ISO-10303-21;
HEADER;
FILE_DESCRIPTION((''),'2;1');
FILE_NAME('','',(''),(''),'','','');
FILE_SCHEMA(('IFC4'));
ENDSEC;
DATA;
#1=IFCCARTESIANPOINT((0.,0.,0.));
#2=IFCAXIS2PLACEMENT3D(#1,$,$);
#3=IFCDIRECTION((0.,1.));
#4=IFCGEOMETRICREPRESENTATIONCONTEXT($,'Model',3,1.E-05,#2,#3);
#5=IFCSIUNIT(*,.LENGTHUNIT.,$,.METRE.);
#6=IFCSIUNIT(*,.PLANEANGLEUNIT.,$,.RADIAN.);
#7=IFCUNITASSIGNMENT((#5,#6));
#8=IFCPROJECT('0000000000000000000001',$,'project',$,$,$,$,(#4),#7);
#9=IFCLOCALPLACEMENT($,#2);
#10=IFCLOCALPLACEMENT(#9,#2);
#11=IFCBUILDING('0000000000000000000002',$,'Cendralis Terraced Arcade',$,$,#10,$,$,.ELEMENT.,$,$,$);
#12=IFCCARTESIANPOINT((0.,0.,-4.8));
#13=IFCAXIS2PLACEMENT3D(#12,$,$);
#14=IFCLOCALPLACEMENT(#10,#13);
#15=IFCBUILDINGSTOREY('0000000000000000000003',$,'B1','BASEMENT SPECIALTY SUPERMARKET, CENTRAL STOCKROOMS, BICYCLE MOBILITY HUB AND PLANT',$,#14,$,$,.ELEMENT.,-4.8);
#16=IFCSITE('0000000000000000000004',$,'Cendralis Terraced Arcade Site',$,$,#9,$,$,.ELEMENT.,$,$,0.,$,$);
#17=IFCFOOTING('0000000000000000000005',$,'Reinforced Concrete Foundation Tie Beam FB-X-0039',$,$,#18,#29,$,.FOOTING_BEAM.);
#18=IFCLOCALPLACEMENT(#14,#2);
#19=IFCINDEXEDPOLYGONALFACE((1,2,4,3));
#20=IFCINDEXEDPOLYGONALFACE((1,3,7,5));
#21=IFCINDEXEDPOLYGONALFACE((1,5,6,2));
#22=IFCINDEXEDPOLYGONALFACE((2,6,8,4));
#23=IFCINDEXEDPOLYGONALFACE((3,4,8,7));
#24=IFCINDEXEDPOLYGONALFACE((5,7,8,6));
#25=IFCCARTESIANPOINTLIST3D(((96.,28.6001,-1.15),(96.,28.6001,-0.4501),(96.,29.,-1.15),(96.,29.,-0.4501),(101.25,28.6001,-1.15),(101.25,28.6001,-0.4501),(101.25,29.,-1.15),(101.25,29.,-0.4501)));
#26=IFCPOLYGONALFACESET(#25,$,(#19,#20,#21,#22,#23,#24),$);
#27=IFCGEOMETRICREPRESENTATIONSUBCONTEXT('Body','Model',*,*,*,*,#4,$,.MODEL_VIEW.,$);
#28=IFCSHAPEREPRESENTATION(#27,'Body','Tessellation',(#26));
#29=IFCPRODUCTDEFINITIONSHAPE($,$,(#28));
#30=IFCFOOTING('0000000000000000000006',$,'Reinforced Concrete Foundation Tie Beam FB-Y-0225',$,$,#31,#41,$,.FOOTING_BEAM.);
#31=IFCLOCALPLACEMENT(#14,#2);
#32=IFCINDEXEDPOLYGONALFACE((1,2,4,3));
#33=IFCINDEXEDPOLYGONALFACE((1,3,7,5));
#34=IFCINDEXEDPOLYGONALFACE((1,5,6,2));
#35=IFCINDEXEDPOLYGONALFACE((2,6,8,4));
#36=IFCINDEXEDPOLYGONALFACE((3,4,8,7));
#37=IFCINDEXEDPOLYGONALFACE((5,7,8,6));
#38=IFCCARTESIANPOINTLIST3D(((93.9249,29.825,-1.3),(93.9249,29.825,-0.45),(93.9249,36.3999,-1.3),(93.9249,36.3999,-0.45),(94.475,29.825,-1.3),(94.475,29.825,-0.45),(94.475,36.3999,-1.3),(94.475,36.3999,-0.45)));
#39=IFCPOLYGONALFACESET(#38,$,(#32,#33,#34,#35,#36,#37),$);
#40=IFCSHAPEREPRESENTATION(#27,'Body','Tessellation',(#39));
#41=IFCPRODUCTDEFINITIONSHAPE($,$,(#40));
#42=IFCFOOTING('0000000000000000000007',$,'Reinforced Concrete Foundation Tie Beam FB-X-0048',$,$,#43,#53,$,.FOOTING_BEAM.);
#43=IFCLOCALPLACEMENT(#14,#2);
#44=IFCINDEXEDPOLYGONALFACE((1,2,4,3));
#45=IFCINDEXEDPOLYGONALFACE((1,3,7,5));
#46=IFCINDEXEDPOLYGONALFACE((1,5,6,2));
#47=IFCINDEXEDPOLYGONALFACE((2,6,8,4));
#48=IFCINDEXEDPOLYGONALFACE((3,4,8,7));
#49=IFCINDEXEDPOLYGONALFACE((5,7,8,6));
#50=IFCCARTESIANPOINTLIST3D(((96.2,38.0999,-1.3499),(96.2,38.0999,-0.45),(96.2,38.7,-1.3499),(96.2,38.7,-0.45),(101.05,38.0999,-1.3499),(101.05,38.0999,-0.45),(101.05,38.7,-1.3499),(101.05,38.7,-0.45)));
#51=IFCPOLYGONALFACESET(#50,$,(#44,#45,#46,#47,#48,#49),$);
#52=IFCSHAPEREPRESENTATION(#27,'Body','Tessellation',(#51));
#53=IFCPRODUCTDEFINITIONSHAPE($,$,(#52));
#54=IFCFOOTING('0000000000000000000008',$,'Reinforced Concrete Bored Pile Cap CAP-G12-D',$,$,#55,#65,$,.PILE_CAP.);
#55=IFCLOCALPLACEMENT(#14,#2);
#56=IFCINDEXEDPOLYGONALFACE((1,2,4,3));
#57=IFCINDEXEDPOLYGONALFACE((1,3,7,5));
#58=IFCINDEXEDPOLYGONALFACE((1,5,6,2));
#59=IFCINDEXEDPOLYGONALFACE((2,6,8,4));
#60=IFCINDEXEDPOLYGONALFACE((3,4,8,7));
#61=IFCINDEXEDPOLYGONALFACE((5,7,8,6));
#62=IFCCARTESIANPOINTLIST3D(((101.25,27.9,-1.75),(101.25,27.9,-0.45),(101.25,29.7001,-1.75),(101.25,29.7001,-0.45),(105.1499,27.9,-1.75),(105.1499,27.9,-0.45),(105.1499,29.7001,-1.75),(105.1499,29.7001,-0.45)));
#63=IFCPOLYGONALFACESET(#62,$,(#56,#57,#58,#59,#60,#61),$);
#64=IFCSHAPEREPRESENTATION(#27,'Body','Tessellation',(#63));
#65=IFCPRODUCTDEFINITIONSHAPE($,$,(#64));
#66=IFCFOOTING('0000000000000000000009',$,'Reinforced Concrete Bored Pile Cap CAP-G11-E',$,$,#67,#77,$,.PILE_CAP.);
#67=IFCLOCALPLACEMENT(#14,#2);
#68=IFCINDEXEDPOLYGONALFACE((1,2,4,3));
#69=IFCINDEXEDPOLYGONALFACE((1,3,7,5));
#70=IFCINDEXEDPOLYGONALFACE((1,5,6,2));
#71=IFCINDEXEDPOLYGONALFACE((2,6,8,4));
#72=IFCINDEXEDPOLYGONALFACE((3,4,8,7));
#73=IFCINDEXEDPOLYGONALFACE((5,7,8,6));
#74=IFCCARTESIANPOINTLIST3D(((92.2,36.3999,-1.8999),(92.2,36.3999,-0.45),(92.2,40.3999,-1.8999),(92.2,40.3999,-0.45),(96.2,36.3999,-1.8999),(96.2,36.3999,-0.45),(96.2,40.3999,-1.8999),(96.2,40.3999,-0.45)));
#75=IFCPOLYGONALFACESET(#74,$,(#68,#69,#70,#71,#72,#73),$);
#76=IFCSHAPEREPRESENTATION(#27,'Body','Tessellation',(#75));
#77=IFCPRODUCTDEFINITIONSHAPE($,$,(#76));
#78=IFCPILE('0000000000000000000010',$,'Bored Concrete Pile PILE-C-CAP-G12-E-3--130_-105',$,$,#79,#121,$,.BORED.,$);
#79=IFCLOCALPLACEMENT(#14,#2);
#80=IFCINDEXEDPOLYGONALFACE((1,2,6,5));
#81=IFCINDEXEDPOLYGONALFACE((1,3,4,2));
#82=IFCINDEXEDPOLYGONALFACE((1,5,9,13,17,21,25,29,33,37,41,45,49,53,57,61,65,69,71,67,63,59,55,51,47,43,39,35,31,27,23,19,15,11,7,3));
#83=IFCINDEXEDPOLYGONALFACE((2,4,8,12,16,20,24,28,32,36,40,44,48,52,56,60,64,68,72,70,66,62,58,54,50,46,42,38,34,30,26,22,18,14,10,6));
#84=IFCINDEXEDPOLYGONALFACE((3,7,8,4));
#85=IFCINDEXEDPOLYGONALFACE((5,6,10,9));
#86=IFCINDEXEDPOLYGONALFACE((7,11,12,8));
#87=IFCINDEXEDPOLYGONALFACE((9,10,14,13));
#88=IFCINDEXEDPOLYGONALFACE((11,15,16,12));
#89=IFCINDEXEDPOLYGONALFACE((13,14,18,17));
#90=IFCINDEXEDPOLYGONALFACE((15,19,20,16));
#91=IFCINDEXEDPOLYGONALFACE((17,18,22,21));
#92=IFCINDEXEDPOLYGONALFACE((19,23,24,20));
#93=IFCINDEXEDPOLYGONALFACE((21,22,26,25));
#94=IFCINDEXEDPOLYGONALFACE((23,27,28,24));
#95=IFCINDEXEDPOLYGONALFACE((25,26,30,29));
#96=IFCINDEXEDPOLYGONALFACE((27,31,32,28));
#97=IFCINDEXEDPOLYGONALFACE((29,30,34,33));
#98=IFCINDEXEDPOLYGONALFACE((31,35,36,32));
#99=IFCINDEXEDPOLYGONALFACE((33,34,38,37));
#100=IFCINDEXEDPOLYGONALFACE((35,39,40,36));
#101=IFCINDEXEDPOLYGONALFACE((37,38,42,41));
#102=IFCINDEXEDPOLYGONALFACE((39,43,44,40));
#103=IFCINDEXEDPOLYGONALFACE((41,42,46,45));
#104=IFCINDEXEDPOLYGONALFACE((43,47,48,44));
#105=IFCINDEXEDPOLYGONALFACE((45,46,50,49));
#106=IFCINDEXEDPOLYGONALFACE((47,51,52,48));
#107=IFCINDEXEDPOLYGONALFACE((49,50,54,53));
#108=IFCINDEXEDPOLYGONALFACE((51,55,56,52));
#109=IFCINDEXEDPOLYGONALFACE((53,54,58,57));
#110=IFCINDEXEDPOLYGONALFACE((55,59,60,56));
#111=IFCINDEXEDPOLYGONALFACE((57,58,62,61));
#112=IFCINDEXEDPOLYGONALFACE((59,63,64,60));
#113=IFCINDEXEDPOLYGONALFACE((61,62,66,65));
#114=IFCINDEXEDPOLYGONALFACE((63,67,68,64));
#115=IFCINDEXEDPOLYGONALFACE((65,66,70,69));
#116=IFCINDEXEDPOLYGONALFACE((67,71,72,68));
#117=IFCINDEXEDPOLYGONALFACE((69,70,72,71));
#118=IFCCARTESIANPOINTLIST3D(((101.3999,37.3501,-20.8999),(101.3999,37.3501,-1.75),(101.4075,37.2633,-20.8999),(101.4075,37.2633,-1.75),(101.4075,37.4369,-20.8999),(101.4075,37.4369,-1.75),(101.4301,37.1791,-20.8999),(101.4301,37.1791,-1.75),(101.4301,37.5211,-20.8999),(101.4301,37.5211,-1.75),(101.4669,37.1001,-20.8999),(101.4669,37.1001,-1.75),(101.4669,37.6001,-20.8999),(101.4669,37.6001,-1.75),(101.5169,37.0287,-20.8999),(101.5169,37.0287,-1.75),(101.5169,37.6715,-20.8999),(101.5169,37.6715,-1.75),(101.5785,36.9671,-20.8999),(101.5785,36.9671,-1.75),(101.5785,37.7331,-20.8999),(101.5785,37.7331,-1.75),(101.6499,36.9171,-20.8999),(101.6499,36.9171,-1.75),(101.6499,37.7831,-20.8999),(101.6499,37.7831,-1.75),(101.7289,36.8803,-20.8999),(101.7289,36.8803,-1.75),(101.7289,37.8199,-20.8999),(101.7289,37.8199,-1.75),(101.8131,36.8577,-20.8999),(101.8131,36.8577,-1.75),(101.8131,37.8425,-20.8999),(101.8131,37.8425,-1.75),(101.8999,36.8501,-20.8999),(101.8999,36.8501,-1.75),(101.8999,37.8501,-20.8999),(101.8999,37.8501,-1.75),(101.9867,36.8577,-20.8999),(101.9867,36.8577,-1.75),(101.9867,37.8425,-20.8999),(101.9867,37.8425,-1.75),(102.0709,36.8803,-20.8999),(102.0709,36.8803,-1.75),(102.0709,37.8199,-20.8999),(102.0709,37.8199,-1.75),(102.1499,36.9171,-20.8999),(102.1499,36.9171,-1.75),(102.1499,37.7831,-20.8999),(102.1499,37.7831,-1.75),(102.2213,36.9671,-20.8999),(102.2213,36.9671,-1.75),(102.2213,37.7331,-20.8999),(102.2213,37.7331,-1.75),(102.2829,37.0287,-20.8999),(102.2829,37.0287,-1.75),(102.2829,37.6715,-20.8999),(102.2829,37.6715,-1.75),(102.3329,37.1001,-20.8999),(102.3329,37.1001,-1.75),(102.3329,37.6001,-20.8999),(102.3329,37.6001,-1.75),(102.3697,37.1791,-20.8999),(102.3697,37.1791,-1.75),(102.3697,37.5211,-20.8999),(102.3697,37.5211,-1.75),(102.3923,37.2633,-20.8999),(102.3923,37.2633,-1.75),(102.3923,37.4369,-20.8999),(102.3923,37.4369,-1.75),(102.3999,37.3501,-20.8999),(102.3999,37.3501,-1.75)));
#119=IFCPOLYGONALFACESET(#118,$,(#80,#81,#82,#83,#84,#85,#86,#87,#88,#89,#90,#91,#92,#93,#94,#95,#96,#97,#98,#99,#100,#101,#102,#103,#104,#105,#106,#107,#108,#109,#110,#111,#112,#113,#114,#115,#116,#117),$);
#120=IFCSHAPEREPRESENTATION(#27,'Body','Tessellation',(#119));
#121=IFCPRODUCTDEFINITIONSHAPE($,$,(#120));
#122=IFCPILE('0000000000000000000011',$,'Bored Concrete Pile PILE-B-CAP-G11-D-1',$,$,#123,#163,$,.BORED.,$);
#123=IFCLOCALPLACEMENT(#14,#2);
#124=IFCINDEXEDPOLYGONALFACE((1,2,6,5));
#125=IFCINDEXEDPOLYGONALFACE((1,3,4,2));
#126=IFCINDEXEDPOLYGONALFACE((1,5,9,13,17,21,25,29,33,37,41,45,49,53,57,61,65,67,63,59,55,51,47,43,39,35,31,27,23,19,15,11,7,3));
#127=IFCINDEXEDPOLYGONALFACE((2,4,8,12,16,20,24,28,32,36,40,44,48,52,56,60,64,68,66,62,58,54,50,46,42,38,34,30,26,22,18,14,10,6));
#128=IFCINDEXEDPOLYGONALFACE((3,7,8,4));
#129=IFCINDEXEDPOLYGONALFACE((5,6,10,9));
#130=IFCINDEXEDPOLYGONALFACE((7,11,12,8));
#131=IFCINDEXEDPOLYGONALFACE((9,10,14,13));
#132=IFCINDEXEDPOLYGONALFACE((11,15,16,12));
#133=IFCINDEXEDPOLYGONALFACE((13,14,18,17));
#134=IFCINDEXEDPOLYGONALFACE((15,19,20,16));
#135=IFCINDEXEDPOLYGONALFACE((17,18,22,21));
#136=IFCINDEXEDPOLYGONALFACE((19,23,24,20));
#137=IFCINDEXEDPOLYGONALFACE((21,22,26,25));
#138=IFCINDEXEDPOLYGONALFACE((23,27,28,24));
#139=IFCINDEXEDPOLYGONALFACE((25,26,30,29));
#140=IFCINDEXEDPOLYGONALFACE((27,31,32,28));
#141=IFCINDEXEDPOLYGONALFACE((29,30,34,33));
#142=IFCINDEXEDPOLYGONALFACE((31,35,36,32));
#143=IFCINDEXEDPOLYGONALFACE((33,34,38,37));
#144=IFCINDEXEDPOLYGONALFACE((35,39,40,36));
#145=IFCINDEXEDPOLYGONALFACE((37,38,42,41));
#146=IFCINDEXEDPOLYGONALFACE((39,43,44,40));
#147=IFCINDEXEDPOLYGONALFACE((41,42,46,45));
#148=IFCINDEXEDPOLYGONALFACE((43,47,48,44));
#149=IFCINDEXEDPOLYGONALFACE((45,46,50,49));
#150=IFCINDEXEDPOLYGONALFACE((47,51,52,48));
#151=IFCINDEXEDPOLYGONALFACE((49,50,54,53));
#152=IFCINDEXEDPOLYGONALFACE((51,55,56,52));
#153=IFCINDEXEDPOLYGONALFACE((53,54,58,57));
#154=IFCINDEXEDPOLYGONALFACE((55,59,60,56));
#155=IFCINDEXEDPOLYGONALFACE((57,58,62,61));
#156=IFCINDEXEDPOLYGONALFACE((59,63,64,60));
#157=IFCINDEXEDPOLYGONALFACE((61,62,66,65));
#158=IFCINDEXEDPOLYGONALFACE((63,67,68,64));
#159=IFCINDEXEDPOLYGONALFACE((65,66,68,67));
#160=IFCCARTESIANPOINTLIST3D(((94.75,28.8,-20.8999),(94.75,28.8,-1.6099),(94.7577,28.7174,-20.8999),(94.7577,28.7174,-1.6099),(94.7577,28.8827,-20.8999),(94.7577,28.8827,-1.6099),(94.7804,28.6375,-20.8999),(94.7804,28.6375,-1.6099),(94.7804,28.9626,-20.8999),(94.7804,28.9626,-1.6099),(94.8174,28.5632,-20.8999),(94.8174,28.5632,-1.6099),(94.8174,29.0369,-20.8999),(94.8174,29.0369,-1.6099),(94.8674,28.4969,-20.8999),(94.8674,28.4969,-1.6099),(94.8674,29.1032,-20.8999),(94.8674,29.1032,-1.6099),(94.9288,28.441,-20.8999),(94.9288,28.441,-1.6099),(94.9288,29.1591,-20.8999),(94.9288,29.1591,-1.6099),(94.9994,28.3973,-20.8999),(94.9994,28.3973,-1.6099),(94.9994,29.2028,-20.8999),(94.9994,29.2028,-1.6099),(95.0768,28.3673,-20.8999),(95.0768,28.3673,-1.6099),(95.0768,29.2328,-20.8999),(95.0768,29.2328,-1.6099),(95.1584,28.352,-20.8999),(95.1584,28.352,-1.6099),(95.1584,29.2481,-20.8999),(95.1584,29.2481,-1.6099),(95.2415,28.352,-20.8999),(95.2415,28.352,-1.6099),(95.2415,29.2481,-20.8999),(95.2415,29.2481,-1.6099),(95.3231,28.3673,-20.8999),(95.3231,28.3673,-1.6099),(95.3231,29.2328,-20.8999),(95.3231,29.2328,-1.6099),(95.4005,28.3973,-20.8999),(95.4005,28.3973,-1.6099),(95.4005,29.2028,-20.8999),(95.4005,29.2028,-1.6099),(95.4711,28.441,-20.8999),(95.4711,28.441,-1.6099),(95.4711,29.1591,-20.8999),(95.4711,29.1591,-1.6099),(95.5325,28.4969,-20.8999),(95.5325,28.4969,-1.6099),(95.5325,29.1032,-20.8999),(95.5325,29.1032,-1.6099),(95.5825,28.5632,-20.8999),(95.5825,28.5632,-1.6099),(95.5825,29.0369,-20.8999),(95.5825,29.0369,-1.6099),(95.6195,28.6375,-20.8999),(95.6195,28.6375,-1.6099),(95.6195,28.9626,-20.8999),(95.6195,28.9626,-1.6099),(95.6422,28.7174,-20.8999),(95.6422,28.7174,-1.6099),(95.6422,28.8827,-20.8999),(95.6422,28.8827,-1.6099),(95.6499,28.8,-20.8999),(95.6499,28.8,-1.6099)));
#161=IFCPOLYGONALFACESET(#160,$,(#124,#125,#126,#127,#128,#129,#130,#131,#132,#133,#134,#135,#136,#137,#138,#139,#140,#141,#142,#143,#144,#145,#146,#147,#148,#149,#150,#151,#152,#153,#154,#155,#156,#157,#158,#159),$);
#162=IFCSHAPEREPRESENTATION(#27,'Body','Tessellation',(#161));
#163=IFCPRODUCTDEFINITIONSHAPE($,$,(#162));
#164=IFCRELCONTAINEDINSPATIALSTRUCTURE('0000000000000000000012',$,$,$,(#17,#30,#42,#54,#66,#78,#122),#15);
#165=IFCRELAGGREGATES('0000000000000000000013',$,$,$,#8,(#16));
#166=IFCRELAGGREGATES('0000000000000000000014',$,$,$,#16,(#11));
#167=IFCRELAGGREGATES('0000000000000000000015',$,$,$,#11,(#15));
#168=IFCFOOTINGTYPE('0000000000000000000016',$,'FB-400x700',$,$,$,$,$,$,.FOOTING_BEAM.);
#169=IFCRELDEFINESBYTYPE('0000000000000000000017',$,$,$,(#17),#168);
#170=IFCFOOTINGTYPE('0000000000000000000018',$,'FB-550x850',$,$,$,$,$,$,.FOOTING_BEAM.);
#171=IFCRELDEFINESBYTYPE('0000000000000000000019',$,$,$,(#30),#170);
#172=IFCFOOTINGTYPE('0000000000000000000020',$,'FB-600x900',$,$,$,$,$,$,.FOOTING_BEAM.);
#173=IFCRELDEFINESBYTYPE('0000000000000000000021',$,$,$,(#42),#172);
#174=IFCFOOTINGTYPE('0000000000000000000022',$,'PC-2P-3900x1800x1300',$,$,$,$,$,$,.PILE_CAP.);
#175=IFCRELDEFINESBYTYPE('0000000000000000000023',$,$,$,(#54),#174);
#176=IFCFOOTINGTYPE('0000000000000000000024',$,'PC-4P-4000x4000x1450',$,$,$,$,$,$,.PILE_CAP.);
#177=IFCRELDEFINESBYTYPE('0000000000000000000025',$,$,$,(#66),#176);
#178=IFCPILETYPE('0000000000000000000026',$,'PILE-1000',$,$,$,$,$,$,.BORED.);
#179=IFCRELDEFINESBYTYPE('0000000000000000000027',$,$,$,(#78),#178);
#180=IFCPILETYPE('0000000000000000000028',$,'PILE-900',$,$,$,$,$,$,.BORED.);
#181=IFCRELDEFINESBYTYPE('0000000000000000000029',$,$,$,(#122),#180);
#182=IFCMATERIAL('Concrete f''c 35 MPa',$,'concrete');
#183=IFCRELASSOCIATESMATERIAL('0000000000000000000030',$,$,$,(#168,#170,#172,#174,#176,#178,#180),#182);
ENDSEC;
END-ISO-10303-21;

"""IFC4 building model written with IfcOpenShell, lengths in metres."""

from ifc_helpers import new_model, si_unit, direction, frame, origin, origin_2d, place, context, subcontext, project, spatial, rectangle, circle, extrude, material, material_profile, profile_set, type_object, element, save


model = new_model("IFC4")

# Units and contexts
model_context = context("Model", 3, precision=1e-05, world=origin(), true_north=direction((0.0, 1.0)))
body_context = subcontext(model_context, "Body", "Model", "MODEL_VIEW")
ifc_project = project(units=[si_unit("LENGTHUNIT", "METRE"), si_unit("PLANEANGLEUNIT", "RADIAN")], contexts=[model_context])

# Site, building, storey
site_placement = place(None, origin())
site = spatial("IfcSite", under=ifc_project, at=site_placement, Name="Cendralis Terraced Arcade Site", CompositionType="ELEMENT", RefElevation=0.0)
building_placement = place(site_placement, origin())
building = spatial("IfcBuilding", under=site, at=building_placement, Name="Cendralis Terraced Arcade", CompositionType="ELEMENT")
storey_placement = place(building_placement, frame((0.0, 0.0, -4.8)))
storey = spatial("IfcBuildingStorey", under=building, at=storey_placement, Name="B1", Description="BASEMENT SPECIALTY SUPERMARKET, CENTRAL STOCKROOMS, BICYCLE MOBILITY HUB AND PLANT", CompositionType="ELEMENT", Elevation=-4.8)

# Footings
ifc_material_1 = material(Name="Concrete f'c 35 MPa", Category="concrete")
ifc_material_profile_1 = material_profile(ifc_material_1, rectangle(XDim=0.3999, YDim=0.7, at=origin_2d()), Name="FB-400x700", Category="LoadBearing")
ifc_profile_set_1 = profile_set([ifc_material_profile_1], Name="Concrete f'c 35 MPa")
footing_type_1 = type_object("IfcFootingType", Name="FB-400x700", PredefinedType="FOOTING_BEAM", material=ifc_profile_set_1)
footing_1_placement = place(storey_placement, frame((96.0, 28.8, -0.8), z_axis=(1.0, 0.0, 0.0), x_axis=(0.0, 1.0, 0.0)))
element("IfcFooting", 1, at=footing_1_placement, inside=storey, type_object=footing_type_1, Name="Reinforced Concrete Foundation Tie Beam FB-X-0039", PredefinedType="FOOTING_BEAM", context=body_context, shape_type="SweptSolid", body=[
    extrude(rectangle(XDim=0.3999, YDim=0.7, at=origin_2d()), origin(), (0.0, 0.0, 1.0), 5.25),
])
ifc_material_profile_2 = material_profile(ifc_material_1, rectangle(XDim=0.55, YDim=0.8501, at=origin_2d()), Name="FB-550x850", Category="LoadBearing")
ifc_profile_set_2 = profile_set([ifc_material_profile_2], Name="Concrete f'c 35 MPa")
footing_type_2 = type_object("IfcFootingType", Name="FB-550x850", PredefinedType="FOOTING_BEAM", material=ifc_profile_set_2)
footing_2_placement = place(storey_placement, frame((94.2, 29.825, -0.875), z_axis=(0.0, 1.0, 0.0), x_axis=(-1.0, 0.0, 0.0)))
element("IfcFooting", 2, at=footing_2_placement, inside=storey, type_object=footing_type_2, Name="Reinforced Concrete Foundation Tie Beam FB-Y-0225", PredefinedType="FOOTING_BEAM", context=body_context, shape_type="SweptSolid", body=[
    extrude(rectangle(XDim=0.55, YDim=0.8501, at=origin_2d()), origin(), (0.0, 0.0, 1.0), 6.575),
])
ifc_material_profile_3 = material_profile(ifc_material_1, rectangle(XDim=0.6001, YDim=0.8999, at=origin_2d()), Name="FB-600x900", Category="LoadBearing")
ifc_profile_set_3 = profile_set([ifc_material_profile_3], Name="Concrete f'c 35 MPa")
footing_type_3 = type_object("IfcFootingType", Name="FB-600x900", PredefinedType="FOOTING_BEAM", material=ifc_profile_set_3)
footing_3_placement = place(storey_placement, frame((96.2, 38.3999, -0.8999), z_axis=(1.0, 0.0, 0.0), x_axis=(0.0, 1.0, 0.0)))
element("IfcFooting", 3, at=footing_3_placement, inside=storey, type_object=footing_type_3, Name="Reinforced Concrete Foundation Tie Beam FB-X-0048", PredefinedType="FOOTING_BEAM", context=body_context, shape_type="SweptSolid", body=[
    extrude(rectangle(XDim=0.6001, YDim=0.8999, at=origin_2d()), origin(), (0.0, 0.0, 1.0), 4.8501),
])
footing_type_4 = type_object("IfcFootingType", Name="PC-2P-3900x1800x1300", PredefinedType="PILE_CAP", material=ifc_material_1)
footing_4_placement = place(storey_placement, frame((103.2, 28.8, -1.75), z_axis=(0.0, 0.0, 1.0), x_axis=(1.0, 0.0, 0.0)))
element("IfcFooting", 4, at=footing_4_placement, inside=storey, type_object=footing_type_4, Name="Reinforced Concrete Bored Pile Cap CAP-G12-D", PredefinedType="PILE_CAP", context=body_context, shape_type="SweptSolid", body=[
    extrude(rectangle(XDim=3.8999, YDim=1.8, at=origin_2d()), origin(), (0.0, 0.0, 1.0), 1.3),
])
footing_type_5 = type_object("IfcFootingType", Name="PC-4P-4000x4000x1450", PredefinedType="PILE_CAP", material=ifc_material_1)
footing_5_placement = place(storey_placement, frame((94.2, 38.3999, -1.8999), z_axis=(0.0, 0.0, 1.0), x_axis=(1.0, 0.0, 0.0)))
element("IfcFooting", 5, at=footing_5_placement, inside=storey, type_object=footing_type_5, Name="Reinforced Concrete Bored Pile Cap CAP-G11-E", PredefinedType="PILE_CAP", context=body_context, shape_type="SweptSolid", body=[
    extrude(rectangle(XDim=4.0, YDim=4.0, at=origin_2d()), origin(), (0.0, 0.0, 1.0), 1.45),
])

# Piles
ifc_material_profile_4 = material_profile(ifc_material_1, circle(Radius=0.5, at=origin_2d()), Name="PILE-D1000", Category="LoadBearing")
ifc_profile_set_4 = profile_set([ifc_material_profile_4], Name="Concrete f'c 35 MPa")
pile_type_1 = type_object("IfcPileType", Name="PILE-1000", PredefinedType="BORED", material=ifc_profile_set_4)
pile_1_placement = place(storey_placement, frame((101.8999, 37.3501, -1.75), z_axis=(0.0, 0.0, -1.0), x_axis=(1.0, 0.0, 0.0)))
element("IfcPile", 6, at=pile_1_placement, inside=storey, type_object=pile_type_1, Name="Bored Concrete Pile PILE-C-CAP-G12-E-3--130_-105", PredefinedType="BORED", context=body_context, shape_type="SweptSolid", body=[
    extrude(circle(Radius=0.5, at=origin_2d()), origin(), (0.0, 0.0, 1.0), 19.1499),
])
ifc_material_profile_5 = material_profile(ifc_material_1, circle(Radius=0.45, at=origin_2d()), Name="PILE-D900", Category="LoadBearing")
ifc_profile_set_5 = profile_set([ifc_material_profile_5], Name="Concrete f'c 35 MPa")
pile_type_2 = type_object("IfcPileType", Name="PILE-900", PredefinedType="BORED", material=ifc_profile_set_5)
pile_2_placement = place(storey_placement, frame((95.2, 28.8, -1.6099), z_axis=(0.0, 0.0, -1.0), x_axis=(1.0, 0.0, 0.0)))
element("IfcPile", 7, at=pile_2_placement, inside=storey, type_object=pile_type_2, Name="Bored Concrete Pile PILE-B-CAP-G11-D-1", PredefinedType="BORED", context=body_context, shape_type="SweptSolid", body=[
    extrude(circle(Radius=0.45, at=origin_2d()), origin(), (0.0, 0.0, 1.0), 19.29),
])

save(model, "model.ifc")
